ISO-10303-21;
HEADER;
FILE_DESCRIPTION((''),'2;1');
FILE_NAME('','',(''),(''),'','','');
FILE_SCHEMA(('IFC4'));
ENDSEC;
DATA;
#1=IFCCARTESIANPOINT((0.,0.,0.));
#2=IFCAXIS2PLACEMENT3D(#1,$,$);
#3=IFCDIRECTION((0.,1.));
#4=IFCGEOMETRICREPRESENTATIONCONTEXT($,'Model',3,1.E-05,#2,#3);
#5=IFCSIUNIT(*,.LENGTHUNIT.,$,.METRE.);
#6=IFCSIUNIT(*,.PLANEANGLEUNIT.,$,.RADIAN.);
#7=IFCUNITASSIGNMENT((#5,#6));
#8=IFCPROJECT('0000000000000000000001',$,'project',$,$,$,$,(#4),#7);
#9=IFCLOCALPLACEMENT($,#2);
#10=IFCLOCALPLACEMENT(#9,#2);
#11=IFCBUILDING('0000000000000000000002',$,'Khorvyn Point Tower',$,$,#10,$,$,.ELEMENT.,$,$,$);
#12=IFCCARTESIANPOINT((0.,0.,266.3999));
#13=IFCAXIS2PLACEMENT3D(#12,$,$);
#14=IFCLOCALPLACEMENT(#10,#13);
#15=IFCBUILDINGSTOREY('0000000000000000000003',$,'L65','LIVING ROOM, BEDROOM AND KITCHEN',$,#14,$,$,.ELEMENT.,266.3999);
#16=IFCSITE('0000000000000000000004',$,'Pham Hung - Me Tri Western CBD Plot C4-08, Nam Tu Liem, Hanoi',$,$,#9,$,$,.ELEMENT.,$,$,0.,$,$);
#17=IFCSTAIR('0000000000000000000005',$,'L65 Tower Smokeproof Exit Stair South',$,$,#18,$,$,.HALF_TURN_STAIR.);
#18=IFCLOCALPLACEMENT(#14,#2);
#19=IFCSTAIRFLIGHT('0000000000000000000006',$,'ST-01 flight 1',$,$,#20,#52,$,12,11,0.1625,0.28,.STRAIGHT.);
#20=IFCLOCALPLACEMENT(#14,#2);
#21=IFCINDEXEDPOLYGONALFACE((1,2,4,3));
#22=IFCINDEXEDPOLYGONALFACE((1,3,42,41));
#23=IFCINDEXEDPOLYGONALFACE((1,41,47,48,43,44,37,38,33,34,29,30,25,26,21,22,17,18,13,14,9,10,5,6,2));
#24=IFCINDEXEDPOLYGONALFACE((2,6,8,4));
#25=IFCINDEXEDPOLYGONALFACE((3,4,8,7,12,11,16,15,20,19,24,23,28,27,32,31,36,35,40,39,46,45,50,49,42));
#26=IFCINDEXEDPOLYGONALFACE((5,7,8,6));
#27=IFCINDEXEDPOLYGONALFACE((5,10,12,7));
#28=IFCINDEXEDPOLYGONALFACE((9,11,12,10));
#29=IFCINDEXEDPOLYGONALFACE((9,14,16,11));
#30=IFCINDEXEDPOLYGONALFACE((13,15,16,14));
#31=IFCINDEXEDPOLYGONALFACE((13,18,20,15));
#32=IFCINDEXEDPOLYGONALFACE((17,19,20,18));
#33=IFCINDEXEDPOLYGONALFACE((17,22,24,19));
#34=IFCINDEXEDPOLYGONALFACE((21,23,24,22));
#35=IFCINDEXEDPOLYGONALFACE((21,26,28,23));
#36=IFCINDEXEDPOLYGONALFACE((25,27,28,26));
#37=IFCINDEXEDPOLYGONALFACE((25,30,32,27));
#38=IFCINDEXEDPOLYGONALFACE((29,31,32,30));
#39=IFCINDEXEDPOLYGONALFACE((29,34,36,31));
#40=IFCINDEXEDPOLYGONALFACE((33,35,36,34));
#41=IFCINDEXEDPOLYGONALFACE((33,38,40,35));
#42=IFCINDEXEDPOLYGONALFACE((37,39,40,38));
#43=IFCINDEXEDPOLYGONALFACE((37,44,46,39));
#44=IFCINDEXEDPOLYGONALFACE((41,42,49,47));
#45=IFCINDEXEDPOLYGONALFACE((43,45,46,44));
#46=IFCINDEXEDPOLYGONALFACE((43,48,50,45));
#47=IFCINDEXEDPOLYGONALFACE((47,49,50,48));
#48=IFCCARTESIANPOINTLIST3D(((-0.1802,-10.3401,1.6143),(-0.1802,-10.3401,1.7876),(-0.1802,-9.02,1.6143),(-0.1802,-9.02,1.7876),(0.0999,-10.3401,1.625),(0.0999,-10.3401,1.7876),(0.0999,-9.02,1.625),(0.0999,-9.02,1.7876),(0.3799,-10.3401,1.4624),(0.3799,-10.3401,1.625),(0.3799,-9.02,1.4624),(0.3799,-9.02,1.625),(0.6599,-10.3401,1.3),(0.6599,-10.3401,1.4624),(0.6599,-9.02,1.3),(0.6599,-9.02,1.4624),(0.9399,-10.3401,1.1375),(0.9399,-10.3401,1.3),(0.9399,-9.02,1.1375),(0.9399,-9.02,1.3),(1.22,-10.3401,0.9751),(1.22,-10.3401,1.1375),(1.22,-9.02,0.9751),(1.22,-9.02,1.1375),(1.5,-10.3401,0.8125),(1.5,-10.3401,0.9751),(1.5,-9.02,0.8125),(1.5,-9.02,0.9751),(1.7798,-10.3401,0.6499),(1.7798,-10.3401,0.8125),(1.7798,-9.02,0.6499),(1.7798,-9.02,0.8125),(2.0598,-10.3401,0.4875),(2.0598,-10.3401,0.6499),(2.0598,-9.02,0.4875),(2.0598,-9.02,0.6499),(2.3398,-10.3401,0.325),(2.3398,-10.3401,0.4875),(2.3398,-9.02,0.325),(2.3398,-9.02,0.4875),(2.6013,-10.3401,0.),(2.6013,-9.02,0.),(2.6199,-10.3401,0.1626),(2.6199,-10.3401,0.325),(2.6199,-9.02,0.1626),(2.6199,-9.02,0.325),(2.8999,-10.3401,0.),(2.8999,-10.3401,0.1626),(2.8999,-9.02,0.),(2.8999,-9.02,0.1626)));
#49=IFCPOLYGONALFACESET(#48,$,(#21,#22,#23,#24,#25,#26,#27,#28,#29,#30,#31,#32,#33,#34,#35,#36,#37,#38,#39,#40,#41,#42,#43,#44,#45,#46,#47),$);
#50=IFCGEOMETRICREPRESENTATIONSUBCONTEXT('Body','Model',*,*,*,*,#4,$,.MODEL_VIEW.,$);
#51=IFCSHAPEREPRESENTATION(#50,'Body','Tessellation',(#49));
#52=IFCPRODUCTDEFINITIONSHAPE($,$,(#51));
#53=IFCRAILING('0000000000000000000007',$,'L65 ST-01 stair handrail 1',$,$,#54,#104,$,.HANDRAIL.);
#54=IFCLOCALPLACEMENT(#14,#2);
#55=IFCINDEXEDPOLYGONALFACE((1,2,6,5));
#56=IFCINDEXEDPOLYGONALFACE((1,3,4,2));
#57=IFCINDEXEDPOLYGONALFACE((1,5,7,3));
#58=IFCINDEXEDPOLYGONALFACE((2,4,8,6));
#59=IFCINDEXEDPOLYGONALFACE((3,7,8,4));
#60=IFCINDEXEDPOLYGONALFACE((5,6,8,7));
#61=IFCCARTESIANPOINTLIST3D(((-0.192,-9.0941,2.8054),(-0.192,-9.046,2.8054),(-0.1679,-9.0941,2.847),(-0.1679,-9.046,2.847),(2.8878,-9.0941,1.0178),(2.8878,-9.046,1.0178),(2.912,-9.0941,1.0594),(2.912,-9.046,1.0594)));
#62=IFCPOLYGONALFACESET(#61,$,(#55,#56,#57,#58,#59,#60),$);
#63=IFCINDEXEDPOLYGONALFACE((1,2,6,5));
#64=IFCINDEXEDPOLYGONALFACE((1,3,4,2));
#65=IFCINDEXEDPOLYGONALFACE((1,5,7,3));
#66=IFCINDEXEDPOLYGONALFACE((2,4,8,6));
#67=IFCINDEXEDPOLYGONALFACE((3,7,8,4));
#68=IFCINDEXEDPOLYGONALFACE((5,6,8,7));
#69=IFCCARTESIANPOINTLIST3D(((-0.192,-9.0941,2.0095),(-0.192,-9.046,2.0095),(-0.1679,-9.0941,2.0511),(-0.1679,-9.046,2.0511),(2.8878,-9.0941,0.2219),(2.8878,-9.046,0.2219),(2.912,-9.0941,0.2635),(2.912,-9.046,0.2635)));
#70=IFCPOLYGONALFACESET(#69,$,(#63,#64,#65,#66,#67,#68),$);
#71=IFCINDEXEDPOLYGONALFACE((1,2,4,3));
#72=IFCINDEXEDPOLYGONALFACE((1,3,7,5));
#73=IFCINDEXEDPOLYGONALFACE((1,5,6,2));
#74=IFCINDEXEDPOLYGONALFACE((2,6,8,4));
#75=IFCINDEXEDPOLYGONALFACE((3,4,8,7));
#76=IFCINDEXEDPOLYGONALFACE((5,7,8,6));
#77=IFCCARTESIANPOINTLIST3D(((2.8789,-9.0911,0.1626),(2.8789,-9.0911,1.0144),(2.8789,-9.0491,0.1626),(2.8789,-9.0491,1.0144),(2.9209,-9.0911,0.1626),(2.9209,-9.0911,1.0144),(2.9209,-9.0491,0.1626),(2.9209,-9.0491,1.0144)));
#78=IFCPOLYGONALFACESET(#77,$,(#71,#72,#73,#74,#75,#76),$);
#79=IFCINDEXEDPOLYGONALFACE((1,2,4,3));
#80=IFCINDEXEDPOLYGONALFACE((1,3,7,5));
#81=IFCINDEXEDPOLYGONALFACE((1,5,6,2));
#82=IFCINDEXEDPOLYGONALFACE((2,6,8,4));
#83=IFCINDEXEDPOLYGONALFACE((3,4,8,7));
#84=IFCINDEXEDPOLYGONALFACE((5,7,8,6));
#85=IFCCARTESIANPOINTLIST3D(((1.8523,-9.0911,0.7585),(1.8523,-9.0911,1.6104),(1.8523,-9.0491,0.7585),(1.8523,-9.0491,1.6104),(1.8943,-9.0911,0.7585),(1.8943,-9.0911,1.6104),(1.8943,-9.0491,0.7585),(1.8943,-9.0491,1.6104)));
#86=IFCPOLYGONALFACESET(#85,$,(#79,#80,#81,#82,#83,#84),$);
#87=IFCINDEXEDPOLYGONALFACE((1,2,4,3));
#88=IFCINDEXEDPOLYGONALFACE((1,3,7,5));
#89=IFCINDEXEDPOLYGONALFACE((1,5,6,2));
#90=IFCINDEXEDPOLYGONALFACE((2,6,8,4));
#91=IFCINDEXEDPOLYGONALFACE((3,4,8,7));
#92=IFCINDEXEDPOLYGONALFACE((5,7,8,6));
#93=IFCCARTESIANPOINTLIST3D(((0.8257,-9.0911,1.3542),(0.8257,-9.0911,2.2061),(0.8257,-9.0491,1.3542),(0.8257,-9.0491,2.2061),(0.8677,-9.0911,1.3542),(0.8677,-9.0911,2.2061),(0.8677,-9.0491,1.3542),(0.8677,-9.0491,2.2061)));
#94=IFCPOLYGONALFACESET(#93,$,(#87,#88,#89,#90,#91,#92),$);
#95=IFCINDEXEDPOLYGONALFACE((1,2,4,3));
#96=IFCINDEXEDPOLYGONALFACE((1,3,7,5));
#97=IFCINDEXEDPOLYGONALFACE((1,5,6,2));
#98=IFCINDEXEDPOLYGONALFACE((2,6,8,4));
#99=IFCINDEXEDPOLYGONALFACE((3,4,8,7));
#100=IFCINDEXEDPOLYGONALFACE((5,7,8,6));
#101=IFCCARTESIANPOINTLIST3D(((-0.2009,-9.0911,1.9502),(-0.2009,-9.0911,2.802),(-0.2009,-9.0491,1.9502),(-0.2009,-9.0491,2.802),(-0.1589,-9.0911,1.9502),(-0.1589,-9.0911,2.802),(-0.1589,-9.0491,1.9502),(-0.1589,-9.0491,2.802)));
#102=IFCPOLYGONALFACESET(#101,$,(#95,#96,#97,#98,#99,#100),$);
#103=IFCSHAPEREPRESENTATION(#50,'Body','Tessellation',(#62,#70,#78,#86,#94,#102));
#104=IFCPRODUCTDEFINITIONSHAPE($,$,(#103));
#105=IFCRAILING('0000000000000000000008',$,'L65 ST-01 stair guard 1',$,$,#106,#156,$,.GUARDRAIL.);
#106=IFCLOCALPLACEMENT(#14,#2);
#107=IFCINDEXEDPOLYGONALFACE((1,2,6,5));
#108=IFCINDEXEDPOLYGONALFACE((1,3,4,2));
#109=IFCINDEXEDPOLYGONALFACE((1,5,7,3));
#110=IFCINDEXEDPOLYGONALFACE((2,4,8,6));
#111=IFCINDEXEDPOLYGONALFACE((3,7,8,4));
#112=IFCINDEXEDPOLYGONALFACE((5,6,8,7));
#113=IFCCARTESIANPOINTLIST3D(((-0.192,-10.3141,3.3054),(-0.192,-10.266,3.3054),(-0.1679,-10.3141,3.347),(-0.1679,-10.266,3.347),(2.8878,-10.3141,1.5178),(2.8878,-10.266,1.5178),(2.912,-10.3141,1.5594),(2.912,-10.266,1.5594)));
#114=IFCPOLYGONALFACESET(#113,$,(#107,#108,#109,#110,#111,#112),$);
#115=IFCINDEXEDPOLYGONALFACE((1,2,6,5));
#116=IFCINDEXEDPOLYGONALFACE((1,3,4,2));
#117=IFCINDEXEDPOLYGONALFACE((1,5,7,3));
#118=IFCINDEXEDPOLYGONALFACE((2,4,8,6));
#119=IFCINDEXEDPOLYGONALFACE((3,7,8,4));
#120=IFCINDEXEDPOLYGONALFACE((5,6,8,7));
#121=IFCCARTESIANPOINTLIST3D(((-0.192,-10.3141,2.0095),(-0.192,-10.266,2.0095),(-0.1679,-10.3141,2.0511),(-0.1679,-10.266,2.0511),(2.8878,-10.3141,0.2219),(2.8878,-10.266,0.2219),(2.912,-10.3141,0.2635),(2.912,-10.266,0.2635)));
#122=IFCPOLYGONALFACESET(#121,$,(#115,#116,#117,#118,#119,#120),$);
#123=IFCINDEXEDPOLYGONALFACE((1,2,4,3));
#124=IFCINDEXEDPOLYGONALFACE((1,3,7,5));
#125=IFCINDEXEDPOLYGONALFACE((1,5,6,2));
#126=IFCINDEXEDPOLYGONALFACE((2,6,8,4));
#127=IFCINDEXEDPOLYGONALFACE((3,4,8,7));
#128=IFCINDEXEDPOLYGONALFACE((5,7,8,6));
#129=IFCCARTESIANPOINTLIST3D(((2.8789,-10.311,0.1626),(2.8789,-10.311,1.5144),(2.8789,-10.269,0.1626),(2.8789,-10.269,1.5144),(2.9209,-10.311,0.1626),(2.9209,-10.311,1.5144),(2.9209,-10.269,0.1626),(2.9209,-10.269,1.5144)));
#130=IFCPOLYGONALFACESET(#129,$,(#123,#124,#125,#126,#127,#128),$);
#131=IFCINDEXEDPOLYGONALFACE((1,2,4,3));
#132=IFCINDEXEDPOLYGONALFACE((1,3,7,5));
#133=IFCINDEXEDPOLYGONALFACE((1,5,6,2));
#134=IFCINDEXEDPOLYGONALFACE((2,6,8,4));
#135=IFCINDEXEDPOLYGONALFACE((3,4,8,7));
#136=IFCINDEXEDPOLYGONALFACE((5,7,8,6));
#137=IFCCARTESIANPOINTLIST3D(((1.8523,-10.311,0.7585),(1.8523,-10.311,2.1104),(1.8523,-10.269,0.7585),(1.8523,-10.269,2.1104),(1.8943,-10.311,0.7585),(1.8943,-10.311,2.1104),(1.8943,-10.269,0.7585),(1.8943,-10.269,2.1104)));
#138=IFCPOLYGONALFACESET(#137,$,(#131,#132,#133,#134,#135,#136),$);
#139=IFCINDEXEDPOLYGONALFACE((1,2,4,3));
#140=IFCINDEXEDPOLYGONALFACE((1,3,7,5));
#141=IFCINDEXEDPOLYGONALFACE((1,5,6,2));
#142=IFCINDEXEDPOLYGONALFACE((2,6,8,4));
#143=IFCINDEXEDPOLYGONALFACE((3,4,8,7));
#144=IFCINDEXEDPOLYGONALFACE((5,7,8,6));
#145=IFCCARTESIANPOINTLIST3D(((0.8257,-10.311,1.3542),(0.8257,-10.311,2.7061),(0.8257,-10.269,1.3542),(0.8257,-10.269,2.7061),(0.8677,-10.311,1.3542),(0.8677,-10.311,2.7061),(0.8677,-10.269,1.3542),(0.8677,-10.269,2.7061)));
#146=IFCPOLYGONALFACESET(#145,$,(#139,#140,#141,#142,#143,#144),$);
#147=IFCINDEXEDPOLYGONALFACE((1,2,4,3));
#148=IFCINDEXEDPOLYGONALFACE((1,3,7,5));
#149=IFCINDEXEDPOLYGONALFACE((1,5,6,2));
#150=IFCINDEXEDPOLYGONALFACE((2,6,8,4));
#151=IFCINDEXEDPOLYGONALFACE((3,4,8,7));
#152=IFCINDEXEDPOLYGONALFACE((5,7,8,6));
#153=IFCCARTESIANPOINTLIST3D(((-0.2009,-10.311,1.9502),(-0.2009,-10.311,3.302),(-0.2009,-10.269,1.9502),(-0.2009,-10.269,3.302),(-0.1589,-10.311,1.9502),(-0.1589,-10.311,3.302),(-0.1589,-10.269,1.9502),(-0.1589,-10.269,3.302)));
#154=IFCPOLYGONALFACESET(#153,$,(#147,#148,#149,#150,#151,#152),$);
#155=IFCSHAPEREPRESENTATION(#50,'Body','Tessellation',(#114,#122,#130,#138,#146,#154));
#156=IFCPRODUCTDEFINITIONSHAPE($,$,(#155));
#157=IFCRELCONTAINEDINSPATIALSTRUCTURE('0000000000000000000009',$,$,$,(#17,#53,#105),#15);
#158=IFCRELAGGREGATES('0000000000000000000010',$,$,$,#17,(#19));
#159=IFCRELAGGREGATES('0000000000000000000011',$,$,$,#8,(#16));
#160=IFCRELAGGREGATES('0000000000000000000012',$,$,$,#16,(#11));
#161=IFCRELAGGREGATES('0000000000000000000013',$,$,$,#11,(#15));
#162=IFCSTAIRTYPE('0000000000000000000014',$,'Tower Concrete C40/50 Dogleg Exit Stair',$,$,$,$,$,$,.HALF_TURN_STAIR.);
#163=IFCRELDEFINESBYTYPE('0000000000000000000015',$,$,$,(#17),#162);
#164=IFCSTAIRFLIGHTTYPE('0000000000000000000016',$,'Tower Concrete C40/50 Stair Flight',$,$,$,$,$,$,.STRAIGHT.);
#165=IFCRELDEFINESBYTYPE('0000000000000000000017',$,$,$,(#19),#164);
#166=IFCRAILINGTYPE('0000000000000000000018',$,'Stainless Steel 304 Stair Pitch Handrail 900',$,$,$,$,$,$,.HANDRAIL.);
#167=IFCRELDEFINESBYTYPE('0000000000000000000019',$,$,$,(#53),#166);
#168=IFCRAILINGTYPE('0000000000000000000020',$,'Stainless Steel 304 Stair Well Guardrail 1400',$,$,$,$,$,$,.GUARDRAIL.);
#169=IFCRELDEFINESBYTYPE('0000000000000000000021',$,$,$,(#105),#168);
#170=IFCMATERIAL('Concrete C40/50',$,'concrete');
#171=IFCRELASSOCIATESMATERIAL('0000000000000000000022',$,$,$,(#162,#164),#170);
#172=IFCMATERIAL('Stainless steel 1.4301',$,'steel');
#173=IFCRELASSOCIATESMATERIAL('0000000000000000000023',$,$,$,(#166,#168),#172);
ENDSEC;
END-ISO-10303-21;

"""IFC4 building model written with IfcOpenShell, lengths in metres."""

from ifc_helpers import new_model, si_unit, direction, frame, origin, origin_2d, place, context, subcontext, project, spatial, polyline, rectangle, outline, extrude, material, type_object, element, aggregate, save


model = new_model("IFC4")

# Units and contexts
model_context = context("Model", 3, precision=1e-05, world=origin(), true_north=direction((0.0, 1.0)))
body_context = subcontext(model_context, "Body", "Model", "MODEL_VIEW")
ifc_project = project(units=[si_unit("LENGTHUNIT", "METRE"), si_unit("PLANEANGLEUNIT", "RADIAN")], contexts=[model_context])

# Site, building, storey
site_placement = place(None, origin())
site = spatial("IfcSite", under=ifc_project, at=site_placement, Name="Pham Hung - Me Tri Western CBD Plot C4-08, Nam Tu Liem, Hanoi", CompositionType="ELEMENT", RefElevation=0.0)
building_placement = place(site_placement, origin())
building = spatial("IfcBuilding", under=site, at=building_placement, Name="Khorvyn Point Tower", CompositionType="ELEMENT")
storey_placement = place(building_placement, frame((0.0, 0.0, 266.3999)))
storey = spatial("IfcBuildingStorey", under=building, at=storey_placement, Name="L65", Description="LIVING ROOM, BEDROOM AND KITCHEN", CompositionType="ELEMENT", Elevation=266.3999)

# Shared definitions
ifc_material_1 = material(Name="Concrete C40/50", Category="concrete")

# Shared definitions
ifc_material_2 = material(Name="Stainless steel 1.4301", Category="steel")

# Stair, stair flight
stair_type = type_object("IfcStairType", Name="Tower Concrete C40/50 Dogleg Exit Stair", PredefinedType="HALF_TURN_STAIR", material=ifc_material_1)
stair_placement = place(storey_placement, origin())
stair = element("IfcStair", 1, at=stair_placement, inside=storey, type_object=stair_type, Name="L65 Tower Smokeproof Exit Stair South", PredefinedType="HALF_TURN_STAIR")
stair_flight_type = type_object("IfcStairFlightType", Name="Tower Concrete C40/50 Stair Flight", PredefinedType="STRAIGHT", material=ifc_material_1)
stair_flight_placement = place(storey_placement, frame((2.8999, -9.6799, 0.0), z_axis=(0.0, 0.0, 1.0), x_axis=(-1.0, 0.0, 0.0)))
stair_flight = element("IfcStairFlight", 2, at=stair_flight_placement, type_object=stair_flight_type, Name="ST-01 flight 1", NumberOfRisers=12, NumberOfTreads=11, PredefinedType="STRAIGHT", RiserHeight=0.1625, TreadLength=0.28, context=body_context, shape_type="SweptSolid", body=[
    extrude(outline(polyline([(0.0, 0.0), (0.0, 0.1626), (0.28, 0.1626), (0.28, 0.325), (0.5601, 0.325), (0.5601, 0.4875), (0.8401, 0.4875), (0.8401, 0.6499), (1.1201, 0.6499), (1.1201, 0.8125), (1.3999, 0.8125), (1.3999, 0.9751), (1.6799, 0.9751), (1.6799, 1.1375), (1.96, 1.1375), (1.96, 1.3), (2.24, 1.3), (2.24, 1.4624), (2.52, 1.4624), (2.52, 1.625), (2.8, 1.625), (2.8, 1.7876), (3.0801, 1.7876), (3.0801, 1.95), (3.0801, 1.6143), (0.2986, 0.0), (0.0, 0.0)])), frame((0.0, 0.6602, 0.0), z_axis=(0.0, -1.0, 0.0), x_axis=(1.0, 0.0, 0.0)), (0.0, 0.0, 1.0), 1.3201),
])
aggregate(stair, [stair_flight])

# Railings
railing_type_1 = type_object("IfcRailingType", Name="Stainless Steel 304 Stair Pitch Handrail 900", PredefinedType="HANDRAIL", material=ifc_material_2)
railing_1_placement = place(storey_placement, frame((2.8999, -9.0701, 0.1626)))
element("IfcRailing", 3, at=railing_1_placement, inside=storey, type_object=railing_type_1, Name="L65 ST-01 stair handrail 1", PredefinedType="HANDRAIL", context=body_context, shape_type="SweptSolid", body=[
    extrude(rectangle(XDim=0.0481, YDim=0.0481, at=origin_2d()), frame((0.0, 0.0, 0.876), z_axis=(-0.864873, 0.0, 0.50199), x_axis=(0.0, -1.0, 0.0)), (0.0, 0.0, 1.0), 3.561),
    extrude(rectangle(XDim=0.0481, YDim=0.0481, at=origin_2d()), frame((0.0, 0.0, 0.0801), z_axis=(-0.864873, 0.0, 0.50199), x_axis=(0.0, -1.0, 0.0)), (0.0, 0.0, 1.0), 3.561),
    extrude(rectangle(XDim=0.042, YDim=0.042, at=origin_2d()), origin(), (0.0, 0.0, 1.0), 0.8518),
    extrude(rectangle(XDim=0.042, YDim=0.042, at=origin_2d()), frame((-1.0266, 0.0, 0.5959)), (0.0, 0.0, 1.0), 0.8518),
    extrude(rectangle(XDim=0.042, YDim=0.042, at=origin_2d()), frame((-2.0532, 0.0, 1.1917)), (0.0, 0.0, 1.0), 0.8518),
    extrude(rectangle(XDim=0.042, YDim=0.042, at=origin_2d()), frame((-3.0798, 0.0, 1.7876)), (0.0, 0.0, 1.0), 0.8518),
])
railing_type_2 = type_object("IfcRailingType", Name="Stainless Steel 304 Stair Well Guardrail 1400", PredefinedType="GUARDRAIL", material=ifc_material_2)
railing_2_placement = place(storey_placement, frame((2.8999, -10.29, 0.1626)))
element("IfcRailing", 4, at=railing_2_placement, inside=storey, type_object=railing_type_2, Name="L65 ST-01 stair guard 1", PredefinedType="GUARDRAIL", context=body_context, shape_type="SweptSolid", body=[
    extrude(rectangle(XDim=0.0481, YDim=0.0481, at=origin_2d()), frame((0.0, 0.0, 1.376), z_axis=(-0.864873, 0.0, 0.50199), x_axis=(0.0, -1.0, 0.0)), (0.0, 0.0, 1.0), 3.561),
    extrude(rectangle(XDim=0.0481, YDim=0.0481, at=origin_2d()), frame((0.0, 0.0, 0.0801), z_axis=(-0.864873, 0.0, 0.50199), x_axis=(0.0, -1.0, 0.0)), (0.0, 0.0, 1.0), 3.561),
    extrude(rectangle(XDim=0.042, YDim=0.042, at=origin_2d()), origin(), (0.0, 0.0, 1.0), 1.3518),
    extrude(rectangle(XDim=0.042, YDim=0.042, at=origin_2d()), frame((-1.0266, 0.0, 0.5959)), (0.0, 0.0, 1.0), 1.3518),
    extrude(rectangle(XDim=0.042, YDim=0.042, at=origin_2d()), frame((-2.0532, 0.0, 1.1917)), (0.0, 0.0, 1.0), 1.3518),
    extrude(rectangle(XDim=0.042, YDim=0.042, at=origin_2d()), frame((-3.0798, 0.0, 1.7876)), (0.0, 0.0, 1.0), 1.3518),
])

save(model, "model.ifc")
